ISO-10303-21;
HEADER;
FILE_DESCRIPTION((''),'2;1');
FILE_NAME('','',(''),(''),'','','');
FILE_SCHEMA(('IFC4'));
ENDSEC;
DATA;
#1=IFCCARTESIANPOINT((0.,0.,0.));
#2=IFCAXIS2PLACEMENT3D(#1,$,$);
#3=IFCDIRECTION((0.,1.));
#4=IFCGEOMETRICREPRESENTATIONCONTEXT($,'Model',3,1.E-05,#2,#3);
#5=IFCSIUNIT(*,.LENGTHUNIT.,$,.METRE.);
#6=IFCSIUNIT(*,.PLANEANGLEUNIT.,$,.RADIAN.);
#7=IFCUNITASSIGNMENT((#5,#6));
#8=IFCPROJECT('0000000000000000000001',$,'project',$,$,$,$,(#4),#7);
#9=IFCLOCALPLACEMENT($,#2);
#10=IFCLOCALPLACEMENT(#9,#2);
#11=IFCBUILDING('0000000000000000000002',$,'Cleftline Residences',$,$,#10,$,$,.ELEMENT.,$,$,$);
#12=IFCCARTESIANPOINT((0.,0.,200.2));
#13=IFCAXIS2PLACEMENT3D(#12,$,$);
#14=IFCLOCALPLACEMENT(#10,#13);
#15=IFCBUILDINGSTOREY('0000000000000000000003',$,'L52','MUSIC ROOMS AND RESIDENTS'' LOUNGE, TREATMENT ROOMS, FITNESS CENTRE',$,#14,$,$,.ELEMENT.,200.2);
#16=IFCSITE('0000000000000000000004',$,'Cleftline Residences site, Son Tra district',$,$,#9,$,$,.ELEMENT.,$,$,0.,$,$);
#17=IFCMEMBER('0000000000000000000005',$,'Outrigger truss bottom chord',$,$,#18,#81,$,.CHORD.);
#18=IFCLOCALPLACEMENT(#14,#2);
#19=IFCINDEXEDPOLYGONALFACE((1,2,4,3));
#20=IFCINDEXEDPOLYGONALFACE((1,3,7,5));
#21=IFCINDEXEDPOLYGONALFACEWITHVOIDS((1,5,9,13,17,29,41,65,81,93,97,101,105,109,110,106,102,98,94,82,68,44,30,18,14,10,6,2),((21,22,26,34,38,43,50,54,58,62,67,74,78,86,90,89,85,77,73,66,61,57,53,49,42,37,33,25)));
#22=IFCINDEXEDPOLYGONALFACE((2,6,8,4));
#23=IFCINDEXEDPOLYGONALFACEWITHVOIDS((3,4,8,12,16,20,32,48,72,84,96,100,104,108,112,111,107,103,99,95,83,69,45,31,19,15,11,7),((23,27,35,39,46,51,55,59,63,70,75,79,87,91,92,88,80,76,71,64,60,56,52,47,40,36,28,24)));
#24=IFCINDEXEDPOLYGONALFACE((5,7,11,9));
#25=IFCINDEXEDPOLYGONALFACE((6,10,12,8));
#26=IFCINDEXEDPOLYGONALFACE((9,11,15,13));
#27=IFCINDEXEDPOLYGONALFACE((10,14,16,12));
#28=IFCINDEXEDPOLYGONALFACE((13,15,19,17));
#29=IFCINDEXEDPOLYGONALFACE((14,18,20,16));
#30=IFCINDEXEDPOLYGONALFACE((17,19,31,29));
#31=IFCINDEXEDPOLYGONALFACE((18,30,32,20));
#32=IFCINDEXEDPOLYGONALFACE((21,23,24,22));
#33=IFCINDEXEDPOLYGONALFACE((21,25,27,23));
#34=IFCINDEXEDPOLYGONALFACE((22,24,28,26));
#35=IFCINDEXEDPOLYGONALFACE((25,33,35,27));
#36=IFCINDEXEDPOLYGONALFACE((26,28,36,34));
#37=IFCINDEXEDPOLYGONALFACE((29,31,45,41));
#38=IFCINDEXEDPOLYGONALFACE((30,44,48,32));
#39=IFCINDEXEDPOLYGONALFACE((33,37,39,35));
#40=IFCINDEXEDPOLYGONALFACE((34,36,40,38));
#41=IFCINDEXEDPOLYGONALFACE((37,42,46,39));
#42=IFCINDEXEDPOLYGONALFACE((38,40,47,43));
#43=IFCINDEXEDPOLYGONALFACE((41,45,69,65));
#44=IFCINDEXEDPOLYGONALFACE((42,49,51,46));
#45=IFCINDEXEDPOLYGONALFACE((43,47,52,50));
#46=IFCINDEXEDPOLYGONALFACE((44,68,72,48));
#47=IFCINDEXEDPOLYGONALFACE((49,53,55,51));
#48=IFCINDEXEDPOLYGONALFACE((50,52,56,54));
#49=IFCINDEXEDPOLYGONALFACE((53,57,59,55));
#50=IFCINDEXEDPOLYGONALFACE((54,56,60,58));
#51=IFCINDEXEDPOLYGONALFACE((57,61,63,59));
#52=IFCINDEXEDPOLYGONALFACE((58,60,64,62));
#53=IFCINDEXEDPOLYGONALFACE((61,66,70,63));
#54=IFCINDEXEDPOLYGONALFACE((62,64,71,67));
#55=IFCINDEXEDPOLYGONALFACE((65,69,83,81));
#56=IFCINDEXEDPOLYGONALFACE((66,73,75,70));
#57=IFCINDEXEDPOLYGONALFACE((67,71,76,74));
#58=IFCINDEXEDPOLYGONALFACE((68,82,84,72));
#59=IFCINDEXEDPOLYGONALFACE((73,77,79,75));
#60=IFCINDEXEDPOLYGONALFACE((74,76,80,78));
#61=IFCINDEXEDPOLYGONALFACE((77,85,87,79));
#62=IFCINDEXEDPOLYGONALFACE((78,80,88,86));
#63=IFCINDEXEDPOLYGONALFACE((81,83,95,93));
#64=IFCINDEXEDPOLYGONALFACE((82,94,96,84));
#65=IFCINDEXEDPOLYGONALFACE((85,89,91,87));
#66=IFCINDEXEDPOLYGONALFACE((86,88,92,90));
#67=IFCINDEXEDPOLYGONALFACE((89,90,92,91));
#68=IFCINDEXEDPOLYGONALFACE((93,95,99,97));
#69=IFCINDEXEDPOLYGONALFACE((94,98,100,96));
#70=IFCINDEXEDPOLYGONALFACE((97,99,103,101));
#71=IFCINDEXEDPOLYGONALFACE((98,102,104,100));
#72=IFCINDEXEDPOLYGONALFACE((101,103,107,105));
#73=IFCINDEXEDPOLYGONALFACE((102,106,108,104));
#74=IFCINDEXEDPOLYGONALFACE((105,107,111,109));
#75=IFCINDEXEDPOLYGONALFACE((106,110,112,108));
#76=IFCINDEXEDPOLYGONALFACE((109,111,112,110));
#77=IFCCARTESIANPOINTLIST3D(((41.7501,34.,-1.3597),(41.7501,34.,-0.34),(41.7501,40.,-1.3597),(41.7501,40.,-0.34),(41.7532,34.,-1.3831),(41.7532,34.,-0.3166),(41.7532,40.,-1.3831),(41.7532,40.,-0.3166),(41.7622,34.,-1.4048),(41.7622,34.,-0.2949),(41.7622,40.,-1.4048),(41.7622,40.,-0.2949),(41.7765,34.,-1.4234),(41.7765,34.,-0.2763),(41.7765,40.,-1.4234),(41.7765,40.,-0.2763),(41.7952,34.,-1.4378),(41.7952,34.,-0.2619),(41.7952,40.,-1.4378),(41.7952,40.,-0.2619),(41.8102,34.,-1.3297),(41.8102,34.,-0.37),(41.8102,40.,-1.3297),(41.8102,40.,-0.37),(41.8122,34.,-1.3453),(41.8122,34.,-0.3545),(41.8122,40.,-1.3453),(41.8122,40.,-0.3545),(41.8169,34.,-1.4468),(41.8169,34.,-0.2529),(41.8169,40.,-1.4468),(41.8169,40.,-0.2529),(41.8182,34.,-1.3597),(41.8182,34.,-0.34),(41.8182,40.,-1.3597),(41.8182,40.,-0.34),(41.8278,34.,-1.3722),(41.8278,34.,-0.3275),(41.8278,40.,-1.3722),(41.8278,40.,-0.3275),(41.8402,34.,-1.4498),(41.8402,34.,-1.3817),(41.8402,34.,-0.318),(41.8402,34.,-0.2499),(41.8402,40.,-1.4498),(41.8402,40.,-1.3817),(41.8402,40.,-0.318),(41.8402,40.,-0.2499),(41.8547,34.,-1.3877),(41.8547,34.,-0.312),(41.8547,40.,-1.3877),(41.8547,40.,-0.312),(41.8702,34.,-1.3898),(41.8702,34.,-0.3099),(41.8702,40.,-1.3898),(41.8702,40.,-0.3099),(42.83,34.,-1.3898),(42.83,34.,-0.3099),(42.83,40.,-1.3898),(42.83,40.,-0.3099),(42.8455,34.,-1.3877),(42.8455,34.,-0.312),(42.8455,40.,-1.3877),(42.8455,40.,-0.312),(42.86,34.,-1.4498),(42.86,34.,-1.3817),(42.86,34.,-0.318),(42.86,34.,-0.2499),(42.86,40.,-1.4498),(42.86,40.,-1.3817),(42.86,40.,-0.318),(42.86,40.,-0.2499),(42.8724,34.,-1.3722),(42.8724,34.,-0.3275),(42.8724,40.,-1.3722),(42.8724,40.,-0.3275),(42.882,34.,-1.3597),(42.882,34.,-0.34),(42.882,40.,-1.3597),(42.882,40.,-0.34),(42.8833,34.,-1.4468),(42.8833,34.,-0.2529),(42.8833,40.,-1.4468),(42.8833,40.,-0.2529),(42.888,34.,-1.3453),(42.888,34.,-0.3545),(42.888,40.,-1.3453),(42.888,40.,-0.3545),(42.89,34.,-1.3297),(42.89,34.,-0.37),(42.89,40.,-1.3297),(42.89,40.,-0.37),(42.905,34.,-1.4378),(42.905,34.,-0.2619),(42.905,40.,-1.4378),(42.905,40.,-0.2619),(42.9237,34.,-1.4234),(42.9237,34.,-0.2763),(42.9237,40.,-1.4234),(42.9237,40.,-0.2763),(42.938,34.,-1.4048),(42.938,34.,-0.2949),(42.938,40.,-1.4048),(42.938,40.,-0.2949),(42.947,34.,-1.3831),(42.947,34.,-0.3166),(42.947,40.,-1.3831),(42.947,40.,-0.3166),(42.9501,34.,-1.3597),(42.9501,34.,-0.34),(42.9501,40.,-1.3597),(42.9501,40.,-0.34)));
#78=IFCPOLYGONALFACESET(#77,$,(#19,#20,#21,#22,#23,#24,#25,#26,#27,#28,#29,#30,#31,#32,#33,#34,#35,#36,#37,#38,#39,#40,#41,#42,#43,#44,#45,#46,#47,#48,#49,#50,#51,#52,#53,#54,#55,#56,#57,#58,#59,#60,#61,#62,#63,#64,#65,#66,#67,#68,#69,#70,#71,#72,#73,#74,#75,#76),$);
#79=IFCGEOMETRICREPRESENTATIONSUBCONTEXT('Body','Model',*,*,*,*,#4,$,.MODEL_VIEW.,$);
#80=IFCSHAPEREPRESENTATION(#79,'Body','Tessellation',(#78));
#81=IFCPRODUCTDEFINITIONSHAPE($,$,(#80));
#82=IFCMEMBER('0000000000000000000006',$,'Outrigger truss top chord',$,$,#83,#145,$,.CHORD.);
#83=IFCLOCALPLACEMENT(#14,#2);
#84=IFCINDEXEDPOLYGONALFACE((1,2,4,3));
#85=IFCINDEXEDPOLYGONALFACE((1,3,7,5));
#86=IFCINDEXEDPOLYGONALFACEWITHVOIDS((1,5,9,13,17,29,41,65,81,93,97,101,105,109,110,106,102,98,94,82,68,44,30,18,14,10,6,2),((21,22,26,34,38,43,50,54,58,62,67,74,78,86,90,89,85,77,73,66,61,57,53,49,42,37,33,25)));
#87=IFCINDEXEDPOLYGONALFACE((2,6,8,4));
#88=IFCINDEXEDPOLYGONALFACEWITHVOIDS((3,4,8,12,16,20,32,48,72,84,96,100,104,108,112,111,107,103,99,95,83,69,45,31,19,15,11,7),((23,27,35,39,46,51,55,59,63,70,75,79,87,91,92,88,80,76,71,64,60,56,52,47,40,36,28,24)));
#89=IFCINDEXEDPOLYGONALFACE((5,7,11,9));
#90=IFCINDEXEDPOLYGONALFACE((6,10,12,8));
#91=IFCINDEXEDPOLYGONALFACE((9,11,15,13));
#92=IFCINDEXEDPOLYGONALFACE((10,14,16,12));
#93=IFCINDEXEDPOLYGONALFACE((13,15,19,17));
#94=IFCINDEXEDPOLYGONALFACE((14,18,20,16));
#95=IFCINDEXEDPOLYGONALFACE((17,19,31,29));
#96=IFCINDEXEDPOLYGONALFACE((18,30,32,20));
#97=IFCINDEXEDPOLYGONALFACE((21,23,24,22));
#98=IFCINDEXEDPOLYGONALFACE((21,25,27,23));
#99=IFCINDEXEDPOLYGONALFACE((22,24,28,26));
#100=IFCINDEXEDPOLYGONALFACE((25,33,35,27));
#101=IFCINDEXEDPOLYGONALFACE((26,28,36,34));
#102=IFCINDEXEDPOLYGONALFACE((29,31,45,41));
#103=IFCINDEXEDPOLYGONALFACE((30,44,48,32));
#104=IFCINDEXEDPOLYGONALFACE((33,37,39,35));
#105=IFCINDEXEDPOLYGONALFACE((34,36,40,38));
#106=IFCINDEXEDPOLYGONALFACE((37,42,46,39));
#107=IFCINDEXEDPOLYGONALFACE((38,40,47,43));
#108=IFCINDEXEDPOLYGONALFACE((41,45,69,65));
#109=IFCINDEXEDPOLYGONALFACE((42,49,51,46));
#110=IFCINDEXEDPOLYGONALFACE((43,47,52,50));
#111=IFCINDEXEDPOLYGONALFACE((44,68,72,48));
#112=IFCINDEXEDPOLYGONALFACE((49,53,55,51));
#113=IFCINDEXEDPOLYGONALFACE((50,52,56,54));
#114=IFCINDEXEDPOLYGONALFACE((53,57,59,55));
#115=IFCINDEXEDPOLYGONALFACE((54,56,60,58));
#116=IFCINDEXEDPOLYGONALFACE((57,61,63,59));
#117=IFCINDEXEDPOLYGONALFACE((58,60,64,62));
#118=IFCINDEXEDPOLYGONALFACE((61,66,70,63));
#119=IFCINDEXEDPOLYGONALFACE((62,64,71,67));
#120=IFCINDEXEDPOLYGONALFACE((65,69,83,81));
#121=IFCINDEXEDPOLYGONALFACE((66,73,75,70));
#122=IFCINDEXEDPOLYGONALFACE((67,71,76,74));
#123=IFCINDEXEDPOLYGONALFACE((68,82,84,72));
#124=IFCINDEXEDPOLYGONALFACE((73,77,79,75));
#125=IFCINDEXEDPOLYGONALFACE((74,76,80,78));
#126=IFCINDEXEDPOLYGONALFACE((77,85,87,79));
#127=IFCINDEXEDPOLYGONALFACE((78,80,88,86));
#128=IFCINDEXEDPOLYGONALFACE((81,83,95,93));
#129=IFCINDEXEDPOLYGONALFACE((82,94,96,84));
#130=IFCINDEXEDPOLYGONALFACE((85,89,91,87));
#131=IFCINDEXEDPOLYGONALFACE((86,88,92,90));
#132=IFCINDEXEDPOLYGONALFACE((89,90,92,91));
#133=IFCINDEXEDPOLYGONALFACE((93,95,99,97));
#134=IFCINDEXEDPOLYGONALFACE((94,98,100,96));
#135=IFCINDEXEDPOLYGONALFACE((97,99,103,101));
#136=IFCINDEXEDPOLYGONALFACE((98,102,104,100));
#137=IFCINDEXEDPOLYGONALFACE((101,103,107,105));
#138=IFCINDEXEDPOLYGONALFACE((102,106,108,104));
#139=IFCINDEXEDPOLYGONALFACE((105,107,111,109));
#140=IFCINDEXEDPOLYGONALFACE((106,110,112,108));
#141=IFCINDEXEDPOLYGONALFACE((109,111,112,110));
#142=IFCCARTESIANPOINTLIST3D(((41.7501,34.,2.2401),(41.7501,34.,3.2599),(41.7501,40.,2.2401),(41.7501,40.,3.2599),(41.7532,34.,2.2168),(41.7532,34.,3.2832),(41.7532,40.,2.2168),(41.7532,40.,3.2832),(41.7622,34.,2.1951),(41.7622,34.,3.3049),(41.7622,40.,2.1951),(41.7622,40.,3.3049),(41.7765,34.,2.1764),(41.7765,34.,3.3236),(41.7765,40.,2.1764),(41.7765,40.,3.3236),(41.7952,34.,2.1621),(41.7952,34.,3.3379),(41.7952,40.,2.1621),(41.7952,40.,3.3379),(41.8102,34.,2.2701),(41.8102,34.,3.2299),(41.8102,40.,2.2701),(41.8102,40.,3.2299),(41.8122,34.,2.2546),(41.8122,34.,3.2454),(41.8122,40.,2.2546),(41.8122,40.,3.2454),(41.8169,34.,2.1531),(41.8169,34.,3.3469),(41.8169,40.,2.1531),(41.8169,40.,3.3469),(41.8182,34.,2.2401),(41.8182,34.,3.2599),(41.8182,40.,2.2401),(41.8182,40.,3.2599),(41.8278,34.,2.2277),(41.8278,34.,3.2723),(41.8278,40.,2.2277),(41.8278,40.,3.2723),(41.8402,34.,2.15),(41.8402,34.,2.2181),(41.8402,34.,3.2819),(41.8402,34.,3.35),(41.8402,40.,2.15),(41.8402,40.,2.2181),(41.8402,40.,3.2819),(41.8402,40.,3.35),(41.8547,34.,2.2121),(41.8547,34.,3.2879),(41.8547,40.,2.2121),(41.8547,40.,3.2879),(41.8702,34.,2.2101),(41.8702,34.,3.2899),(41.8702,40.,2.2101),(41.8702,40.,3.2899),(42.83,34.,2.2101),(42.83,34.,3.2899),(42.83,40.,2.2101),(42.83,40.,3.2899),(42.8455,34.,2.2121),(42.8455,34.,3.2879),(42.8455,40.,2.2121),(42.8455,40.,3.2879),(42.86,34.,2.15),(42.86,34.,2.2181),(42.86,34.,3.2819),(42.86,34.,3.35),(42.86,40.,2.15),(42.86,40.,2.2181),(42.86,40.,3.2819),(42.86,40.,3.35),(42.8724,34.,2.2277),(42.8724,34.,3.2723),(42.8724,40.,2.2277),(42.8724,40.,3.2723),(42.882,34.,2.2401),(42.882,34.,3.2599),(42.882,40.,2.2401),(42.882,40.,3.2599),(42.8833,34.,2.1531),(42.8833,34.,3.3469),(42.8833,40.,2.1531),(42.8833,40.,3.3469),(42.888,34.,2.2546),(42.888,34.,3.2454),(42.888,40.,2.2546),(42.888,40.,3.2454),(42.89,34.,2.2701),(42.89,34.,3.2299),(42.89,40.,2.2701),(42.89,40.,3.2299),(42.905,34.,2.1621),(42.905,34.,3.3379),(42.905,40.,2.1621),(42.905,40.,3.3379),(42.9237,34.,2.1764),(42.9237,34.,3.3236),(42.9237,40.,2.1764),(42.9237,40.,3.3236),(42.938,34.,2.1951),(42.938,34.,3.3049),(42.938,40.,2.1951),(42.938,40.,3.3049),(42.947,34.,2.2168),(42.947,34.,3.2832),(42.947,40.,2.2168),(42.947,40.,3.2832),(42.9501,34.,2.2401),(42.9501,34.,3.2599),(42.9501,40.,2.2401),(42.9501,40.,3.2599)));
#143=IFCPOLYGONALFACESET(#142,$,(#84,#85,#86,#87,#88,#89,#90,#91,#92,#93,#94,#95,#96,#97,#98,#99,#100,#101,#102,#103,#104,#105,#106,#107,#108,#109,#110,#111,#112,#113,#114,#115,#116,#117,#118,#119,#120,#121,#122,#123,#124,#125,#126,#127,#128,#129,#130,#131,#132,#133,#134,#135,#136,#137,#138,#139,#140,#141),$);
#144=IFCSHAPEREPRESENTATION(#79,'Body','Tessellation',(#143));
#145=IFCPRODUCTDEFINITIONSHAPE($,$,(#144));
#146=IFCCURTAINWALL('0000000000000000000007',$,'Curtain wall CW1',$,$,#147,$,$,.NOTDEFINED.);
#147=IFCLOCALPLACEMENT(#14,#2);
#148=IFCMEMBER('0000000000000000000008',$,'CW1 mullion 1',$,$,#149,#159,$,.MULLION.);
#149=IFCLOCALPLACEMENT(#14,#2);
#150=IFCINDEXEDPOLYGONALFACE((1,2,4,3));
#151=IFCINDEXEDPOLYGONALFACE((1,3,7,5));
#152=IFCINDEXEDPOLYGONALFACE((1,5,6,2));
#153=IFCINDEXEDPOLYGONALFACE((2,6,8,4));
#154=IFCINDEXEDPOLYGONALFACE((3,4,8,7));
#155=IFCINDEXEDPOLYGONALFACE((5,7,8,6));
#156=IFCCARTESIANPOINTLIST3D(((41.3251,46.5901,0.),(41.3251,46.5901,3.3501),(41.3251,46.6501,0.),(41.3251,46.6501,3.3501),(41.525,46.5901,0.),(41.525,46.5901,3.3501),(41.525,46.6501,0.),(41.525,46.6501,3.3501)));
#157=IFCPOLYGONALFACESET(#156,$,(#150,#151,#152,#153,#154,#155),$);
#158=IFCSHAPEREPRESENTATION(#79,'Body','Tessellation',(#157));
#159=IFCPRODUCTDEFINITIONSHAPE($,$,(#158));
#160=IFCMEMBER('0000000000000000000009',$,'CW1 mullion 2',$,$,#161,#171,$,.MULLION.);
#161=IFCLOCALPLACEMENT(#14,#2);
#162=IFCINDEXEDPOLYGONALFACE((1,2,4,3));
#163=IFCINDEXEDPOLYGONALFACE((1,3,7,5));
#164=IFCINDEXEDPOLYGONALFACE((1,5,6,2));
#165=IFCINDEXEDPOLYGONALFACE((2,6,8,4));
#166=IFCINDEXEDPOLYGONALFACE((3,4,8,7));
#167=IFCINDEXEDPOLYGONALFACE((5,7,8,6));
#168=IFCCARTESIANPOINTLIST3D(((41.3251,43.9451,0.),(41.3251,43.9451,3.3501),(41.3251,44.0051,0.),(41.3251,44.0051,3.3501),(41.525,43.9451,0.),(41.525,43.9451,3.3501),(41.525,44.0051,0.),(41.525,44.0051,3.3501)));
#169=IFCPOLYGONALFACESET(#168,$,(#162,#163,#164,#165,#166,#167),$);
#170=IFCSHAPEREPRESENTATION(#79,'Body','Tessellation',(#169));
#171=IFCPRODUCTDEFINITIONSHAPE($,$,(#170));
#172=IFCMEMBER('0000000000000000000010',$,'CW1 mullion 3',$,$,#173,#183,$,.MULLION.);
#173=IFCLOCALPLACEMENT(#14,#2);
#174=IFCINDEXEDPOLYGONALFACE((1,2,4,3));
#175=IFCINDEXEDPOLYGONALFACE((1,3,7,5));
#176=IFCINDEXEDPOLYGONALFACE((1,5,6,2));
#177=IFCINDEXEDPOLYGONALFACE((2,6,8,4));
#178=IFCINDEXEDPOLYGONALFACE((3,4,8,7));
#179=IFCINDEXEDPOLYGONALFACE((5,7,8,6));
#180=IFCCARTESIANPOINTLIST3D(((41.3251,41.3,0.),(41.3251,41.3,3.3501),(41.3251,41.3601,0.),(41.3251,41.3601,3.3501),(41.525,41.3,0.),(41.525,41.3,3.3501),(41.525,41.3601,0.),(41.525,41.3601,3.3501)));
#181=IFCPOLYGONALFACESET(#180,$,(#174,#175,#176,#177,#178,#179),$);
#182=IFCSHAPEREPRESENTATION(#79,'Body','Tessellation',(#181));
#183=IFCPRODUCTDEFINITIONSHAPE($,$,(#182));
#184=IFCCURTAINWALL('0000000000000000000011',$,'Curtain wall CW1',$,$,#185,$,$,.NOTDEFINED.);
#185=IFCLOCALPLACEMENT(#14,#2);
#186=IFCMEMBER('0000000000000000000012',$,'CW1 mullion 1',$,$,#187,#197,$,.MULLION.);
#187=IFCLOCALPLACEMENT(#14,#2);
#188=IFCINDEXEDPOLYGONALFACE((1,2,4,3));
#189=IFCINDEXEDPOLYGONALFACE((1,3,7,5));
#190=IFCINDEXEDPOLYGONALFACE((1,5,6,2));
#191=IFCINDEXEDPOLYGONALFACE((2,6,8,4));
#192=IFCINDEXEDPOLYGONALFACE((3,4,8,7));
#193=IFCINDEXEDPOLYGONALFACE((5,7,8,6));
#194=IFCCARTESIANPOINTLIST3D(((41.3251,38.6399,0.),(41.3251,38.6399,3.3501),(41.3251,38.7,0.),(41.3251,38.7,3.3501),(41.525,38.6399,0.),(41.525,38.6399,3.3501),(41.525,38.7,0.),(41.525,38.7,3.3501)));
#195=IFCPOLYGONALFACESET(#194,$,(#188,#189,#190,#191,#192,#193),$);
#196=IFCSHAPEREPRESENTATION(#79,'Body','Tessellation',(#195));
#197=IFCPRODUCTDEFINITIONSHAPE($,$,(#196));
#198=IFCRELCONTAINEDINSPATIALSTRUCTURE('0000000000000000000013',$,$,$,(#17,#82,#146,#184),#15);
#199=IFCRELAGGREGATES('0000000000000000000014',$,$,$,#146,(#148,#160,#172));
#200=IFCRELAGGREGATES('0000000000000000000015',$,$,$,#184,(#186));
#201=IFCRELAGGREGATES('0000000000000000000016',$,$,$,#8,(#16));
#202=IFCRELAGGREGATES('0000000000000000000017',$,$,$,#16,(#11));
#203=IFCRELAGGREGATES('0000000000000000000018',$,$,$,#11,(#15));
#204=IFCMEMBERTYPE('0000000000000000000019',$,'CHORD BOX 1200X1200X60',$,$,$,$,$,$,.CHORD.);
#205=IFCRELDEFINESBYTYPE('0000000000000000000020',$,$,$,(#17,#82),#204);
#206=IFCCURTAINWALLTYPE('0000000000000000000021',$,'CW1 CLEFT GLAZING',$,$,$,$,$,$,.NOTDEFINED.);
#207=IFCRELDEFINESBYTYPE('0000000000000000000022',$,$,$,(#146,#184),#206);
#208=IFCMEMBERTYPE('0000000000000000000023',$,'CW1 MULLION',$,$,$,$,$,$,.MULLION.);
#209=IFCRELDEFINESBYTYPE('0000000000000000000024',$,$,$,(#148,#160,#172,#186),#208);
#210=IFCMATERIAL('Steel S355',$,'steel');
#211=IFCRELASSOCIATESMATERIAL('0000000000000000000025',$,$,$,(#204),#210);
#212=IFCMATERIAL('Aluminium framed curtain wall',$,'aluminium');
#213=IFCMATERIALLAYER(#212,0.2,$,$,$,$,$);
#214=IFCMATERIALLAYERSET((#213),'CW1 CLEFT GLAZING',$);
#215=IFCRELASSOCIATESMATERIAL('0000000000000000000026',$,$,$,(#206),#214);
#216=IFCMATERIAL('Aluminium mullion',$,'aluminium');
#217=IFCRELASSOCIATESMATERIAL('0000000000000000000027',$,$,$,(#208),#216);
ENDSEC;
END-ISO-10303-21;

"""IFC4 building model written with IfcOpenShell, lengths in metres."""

from ifc_helpers import new_model, si_unit, direction, frame, origin, origin_2d, place, context, subcontext, project, spatial, rectangle, hollow_rectangle, extrude, material, layer, layer_set, material_profile, profile_set, type_object, element, aggregate, save


model = new_model("IFC4")

# Units and contexts
model_context = context("Model", 3, precision=1e-05, world=origin(), true_north=direction((0.0, 1.0)))
body_context = subcontext(model_context, "Body", "Model", "MODEL_VIEW")
ifc_project = project(units=[si_unit("LENGTHUNIT", "METRE"), si_unit("PLANEANGLEUNIT", "RADIAN")], contexts=[model_context])

# Site, building, storey
site_placement = place(None, origin())
site = spatial("IfcSite", under=ifc_project, at=site_placement, Name="Cleftline Residences site, Son Tra district", CompositionType="ELEMENT", RefElevation=0.0)
building_placement = place(site_placement, origin())
building = spatial("IfcBuilding", under=site, at=building_placement, Name="Cleftline Residences", CompositionType="ELEMENT")
storey_placement = place(building_placement, frame((0.0, 0.0, 200.2)))
storey = spatial("IfcBuildingStorey", under=building, at=storey_placement, Name="L52", Description="MUSIC ROOMS AND RESIDENTS' LOUNGE, TREATMENT ROOMS, FITNESS CENTRE", CompositionType="ELEMENT", Elevation=200.2)

# Members
ifc_material_1 = material(Name="Steel S355", Category="steel")
ifc_material_profile_1 = material_profile(ifc_material_1, hollow_rectangle(XDim=1.2, YDim=1.2, WallThickness=0.0601, InnerFilletRadius=0.0601, OuterFilletRadius=0.0901, at=origin_2d()))
ifc_profile_set_1 = profile_set([ifc_material_profile_1], Name="Steel S355")
member_type_1 = type_object("IfcMemberType", Name="CHORD BOX 1200X1200X60", PredefinedType="CHORD", material=ifc_profile_set_1)
for number, where, z_axis, x_axis, name in (
    (1, (42.3501, 40.0, -0.8499), (0.0, -1.0, 0.0), (1.0, 0.0, 0.0), "Outrigger truss bottom chord"),
    (2, (42.3501, 40.0, 2.75), (0.0, -1.0, 0.0), (1.0, 0.0, 0.0), "Outrigger truss top chord"),
):
    element("IfcMember", number, at=place(storey_placement, frame(where, z_axis=z_axis, x_axis=x_axis)), inside=storey, type_object=member_type_1, Name=name, PredefinedType="CHORD", context=body_context, shape_type="SweptSolid", body=[
        extrude(hollow_rectangle(XDim=1.2, YDim=1.2, WallThickness=0.0601, InnerFilletRadius=0.0601, OuterFilletRadius=0.0901, at=origin_2d()), origin(), (0.0, 0.0, 1.0), 6.0),
    ])

# Curtain walls, members
ifc_material_2 = material(Name="Aluminium framed curtain wall", Category="aluminium")
ifc_layer_1 = layer(ifc_material_2, 0.2)
ifc_layer_set_1 = layer_set([ifc_layer_1], Name="CW1 CLEFT GLAZING")
curtain_wall_type = type_object("IfcCurtainWallType", Name="CW1 CLEFT GLAZING", PredefinedType="NOTDEFINED", material=ifc_layer_set_1)
curtain_wall_1_placement = place(storey_placement, origin())
curtain_wall_1 = element("IfcCurtainWall", 3, at=curtain_wall_1_placement, inside=storey, type_object=curtain_wall_type, Name="Curtain wall CW1", PredefinedType="NOTDEFINED")
ifc_material_3 = material(Name="Aluminium mullion", Category="aluminium")
ifc_material_profile_2 = material_profile(ifc_material_3, rectangle(XDim=0.2, YDim=0.0601, at=origin_2d()))
ifc_profile_set_2 = profile_set([ifc_material_profile_2], Name="Aluminium mullion")
member_type_2 = type_object("IfcMemberType", Name="CW1 MULLION", PredefinedType="MULLION", material=ifc_profile_set_2)
member_1_placement = place(storey_placement, frame((41.425, 46.6201, 0.0), z_axis=(0.0, 0.0, 1.0), x_axis=(1.0, 0.0, 0.0)))
member_1 = element("IfcMember", 4, at=member_1_placement, type_object=member_type_2, Name="CW1 mullion 1", PredefinedType="MULLION", context=body_context, shape_type="SweptSolid", body=[
    extrude(rectangle(XDim=0.2, YDim=0.0601, at=origin_2d()), origin(), (0.0, 0.0, 1.0), 3.3501),
])
member_2_placement = place(storey_placement, frame((41.425, 43.9751, 0.0), z_axis=(0.0, 0.0, 1.0), x_axis=(1.0, 0.0, 0.0)))
member_2 = element("IfcMember", 5, at=member_2_placement, type_object=member_type_2, Name="CW1 mullion 2", PredefinedType="MULLION", context=body_context, shape_type="SweptSolid", body=[
    extrude(rectangle(XDim=0.2, YDim=0.0601, at=origin_2d()), origin(), (0.0, 0.0, 1.0), 3.3501),
])
member_3_placement = place(storey_placement, frame((41.425, 41.3301, 0.0), z_axis=(0.0, 0.0, 1.0), x_axis=(1.0, 0.0, 0.0)))
member_3 = element("IfcMember", 6, at=member_3_placement, type_object=member_type_2, Name="CW1 mullion 3", PredefinedType="MULLION", context=body_context, shape_type="SweptSolid", body=[
    extrude(rectangle(XDim=0.2, YDim=0.0601, at=origin_2d()), origin(), (0.0, 0.0, 1.0), 3.3501),
])
curtain_wall_2_placement = place(storey_placement, origin())
curtain_wall_2 = element("IfcCurtainWall", 7, at=curtain_wall_2_placement, inside=storey, type_object=curtain_wall_type, Name="Curtain wall CW1", PredefinedType="NOTDEFINED")
member_4_placement = place(storey_placement, frame((41.425, 38.6699, 0.0), z_axis=(0.0, 0.0, 1.0), x_axis=(1.0, 0.0, 0.0)))
member_4 = element("IfcMember", 8, at=member_4_placement, type_object=member_type_2, Name="CW1 mullion 1", PredefinedType="MULLION", context=body_context, shape_type="SweptSolid", body=[
    extrude(rectangle(XDim=0.2, YDim=0.0601, at=origin_2d()), origin(), (0.0, 0.0, 1.0), 3.3501),
])

aggregate(curtain_wall_1, [member_1, member_2, member_3])
aggregate(curtain_wall_2, [member_4])

save(model, "model.ifc")
